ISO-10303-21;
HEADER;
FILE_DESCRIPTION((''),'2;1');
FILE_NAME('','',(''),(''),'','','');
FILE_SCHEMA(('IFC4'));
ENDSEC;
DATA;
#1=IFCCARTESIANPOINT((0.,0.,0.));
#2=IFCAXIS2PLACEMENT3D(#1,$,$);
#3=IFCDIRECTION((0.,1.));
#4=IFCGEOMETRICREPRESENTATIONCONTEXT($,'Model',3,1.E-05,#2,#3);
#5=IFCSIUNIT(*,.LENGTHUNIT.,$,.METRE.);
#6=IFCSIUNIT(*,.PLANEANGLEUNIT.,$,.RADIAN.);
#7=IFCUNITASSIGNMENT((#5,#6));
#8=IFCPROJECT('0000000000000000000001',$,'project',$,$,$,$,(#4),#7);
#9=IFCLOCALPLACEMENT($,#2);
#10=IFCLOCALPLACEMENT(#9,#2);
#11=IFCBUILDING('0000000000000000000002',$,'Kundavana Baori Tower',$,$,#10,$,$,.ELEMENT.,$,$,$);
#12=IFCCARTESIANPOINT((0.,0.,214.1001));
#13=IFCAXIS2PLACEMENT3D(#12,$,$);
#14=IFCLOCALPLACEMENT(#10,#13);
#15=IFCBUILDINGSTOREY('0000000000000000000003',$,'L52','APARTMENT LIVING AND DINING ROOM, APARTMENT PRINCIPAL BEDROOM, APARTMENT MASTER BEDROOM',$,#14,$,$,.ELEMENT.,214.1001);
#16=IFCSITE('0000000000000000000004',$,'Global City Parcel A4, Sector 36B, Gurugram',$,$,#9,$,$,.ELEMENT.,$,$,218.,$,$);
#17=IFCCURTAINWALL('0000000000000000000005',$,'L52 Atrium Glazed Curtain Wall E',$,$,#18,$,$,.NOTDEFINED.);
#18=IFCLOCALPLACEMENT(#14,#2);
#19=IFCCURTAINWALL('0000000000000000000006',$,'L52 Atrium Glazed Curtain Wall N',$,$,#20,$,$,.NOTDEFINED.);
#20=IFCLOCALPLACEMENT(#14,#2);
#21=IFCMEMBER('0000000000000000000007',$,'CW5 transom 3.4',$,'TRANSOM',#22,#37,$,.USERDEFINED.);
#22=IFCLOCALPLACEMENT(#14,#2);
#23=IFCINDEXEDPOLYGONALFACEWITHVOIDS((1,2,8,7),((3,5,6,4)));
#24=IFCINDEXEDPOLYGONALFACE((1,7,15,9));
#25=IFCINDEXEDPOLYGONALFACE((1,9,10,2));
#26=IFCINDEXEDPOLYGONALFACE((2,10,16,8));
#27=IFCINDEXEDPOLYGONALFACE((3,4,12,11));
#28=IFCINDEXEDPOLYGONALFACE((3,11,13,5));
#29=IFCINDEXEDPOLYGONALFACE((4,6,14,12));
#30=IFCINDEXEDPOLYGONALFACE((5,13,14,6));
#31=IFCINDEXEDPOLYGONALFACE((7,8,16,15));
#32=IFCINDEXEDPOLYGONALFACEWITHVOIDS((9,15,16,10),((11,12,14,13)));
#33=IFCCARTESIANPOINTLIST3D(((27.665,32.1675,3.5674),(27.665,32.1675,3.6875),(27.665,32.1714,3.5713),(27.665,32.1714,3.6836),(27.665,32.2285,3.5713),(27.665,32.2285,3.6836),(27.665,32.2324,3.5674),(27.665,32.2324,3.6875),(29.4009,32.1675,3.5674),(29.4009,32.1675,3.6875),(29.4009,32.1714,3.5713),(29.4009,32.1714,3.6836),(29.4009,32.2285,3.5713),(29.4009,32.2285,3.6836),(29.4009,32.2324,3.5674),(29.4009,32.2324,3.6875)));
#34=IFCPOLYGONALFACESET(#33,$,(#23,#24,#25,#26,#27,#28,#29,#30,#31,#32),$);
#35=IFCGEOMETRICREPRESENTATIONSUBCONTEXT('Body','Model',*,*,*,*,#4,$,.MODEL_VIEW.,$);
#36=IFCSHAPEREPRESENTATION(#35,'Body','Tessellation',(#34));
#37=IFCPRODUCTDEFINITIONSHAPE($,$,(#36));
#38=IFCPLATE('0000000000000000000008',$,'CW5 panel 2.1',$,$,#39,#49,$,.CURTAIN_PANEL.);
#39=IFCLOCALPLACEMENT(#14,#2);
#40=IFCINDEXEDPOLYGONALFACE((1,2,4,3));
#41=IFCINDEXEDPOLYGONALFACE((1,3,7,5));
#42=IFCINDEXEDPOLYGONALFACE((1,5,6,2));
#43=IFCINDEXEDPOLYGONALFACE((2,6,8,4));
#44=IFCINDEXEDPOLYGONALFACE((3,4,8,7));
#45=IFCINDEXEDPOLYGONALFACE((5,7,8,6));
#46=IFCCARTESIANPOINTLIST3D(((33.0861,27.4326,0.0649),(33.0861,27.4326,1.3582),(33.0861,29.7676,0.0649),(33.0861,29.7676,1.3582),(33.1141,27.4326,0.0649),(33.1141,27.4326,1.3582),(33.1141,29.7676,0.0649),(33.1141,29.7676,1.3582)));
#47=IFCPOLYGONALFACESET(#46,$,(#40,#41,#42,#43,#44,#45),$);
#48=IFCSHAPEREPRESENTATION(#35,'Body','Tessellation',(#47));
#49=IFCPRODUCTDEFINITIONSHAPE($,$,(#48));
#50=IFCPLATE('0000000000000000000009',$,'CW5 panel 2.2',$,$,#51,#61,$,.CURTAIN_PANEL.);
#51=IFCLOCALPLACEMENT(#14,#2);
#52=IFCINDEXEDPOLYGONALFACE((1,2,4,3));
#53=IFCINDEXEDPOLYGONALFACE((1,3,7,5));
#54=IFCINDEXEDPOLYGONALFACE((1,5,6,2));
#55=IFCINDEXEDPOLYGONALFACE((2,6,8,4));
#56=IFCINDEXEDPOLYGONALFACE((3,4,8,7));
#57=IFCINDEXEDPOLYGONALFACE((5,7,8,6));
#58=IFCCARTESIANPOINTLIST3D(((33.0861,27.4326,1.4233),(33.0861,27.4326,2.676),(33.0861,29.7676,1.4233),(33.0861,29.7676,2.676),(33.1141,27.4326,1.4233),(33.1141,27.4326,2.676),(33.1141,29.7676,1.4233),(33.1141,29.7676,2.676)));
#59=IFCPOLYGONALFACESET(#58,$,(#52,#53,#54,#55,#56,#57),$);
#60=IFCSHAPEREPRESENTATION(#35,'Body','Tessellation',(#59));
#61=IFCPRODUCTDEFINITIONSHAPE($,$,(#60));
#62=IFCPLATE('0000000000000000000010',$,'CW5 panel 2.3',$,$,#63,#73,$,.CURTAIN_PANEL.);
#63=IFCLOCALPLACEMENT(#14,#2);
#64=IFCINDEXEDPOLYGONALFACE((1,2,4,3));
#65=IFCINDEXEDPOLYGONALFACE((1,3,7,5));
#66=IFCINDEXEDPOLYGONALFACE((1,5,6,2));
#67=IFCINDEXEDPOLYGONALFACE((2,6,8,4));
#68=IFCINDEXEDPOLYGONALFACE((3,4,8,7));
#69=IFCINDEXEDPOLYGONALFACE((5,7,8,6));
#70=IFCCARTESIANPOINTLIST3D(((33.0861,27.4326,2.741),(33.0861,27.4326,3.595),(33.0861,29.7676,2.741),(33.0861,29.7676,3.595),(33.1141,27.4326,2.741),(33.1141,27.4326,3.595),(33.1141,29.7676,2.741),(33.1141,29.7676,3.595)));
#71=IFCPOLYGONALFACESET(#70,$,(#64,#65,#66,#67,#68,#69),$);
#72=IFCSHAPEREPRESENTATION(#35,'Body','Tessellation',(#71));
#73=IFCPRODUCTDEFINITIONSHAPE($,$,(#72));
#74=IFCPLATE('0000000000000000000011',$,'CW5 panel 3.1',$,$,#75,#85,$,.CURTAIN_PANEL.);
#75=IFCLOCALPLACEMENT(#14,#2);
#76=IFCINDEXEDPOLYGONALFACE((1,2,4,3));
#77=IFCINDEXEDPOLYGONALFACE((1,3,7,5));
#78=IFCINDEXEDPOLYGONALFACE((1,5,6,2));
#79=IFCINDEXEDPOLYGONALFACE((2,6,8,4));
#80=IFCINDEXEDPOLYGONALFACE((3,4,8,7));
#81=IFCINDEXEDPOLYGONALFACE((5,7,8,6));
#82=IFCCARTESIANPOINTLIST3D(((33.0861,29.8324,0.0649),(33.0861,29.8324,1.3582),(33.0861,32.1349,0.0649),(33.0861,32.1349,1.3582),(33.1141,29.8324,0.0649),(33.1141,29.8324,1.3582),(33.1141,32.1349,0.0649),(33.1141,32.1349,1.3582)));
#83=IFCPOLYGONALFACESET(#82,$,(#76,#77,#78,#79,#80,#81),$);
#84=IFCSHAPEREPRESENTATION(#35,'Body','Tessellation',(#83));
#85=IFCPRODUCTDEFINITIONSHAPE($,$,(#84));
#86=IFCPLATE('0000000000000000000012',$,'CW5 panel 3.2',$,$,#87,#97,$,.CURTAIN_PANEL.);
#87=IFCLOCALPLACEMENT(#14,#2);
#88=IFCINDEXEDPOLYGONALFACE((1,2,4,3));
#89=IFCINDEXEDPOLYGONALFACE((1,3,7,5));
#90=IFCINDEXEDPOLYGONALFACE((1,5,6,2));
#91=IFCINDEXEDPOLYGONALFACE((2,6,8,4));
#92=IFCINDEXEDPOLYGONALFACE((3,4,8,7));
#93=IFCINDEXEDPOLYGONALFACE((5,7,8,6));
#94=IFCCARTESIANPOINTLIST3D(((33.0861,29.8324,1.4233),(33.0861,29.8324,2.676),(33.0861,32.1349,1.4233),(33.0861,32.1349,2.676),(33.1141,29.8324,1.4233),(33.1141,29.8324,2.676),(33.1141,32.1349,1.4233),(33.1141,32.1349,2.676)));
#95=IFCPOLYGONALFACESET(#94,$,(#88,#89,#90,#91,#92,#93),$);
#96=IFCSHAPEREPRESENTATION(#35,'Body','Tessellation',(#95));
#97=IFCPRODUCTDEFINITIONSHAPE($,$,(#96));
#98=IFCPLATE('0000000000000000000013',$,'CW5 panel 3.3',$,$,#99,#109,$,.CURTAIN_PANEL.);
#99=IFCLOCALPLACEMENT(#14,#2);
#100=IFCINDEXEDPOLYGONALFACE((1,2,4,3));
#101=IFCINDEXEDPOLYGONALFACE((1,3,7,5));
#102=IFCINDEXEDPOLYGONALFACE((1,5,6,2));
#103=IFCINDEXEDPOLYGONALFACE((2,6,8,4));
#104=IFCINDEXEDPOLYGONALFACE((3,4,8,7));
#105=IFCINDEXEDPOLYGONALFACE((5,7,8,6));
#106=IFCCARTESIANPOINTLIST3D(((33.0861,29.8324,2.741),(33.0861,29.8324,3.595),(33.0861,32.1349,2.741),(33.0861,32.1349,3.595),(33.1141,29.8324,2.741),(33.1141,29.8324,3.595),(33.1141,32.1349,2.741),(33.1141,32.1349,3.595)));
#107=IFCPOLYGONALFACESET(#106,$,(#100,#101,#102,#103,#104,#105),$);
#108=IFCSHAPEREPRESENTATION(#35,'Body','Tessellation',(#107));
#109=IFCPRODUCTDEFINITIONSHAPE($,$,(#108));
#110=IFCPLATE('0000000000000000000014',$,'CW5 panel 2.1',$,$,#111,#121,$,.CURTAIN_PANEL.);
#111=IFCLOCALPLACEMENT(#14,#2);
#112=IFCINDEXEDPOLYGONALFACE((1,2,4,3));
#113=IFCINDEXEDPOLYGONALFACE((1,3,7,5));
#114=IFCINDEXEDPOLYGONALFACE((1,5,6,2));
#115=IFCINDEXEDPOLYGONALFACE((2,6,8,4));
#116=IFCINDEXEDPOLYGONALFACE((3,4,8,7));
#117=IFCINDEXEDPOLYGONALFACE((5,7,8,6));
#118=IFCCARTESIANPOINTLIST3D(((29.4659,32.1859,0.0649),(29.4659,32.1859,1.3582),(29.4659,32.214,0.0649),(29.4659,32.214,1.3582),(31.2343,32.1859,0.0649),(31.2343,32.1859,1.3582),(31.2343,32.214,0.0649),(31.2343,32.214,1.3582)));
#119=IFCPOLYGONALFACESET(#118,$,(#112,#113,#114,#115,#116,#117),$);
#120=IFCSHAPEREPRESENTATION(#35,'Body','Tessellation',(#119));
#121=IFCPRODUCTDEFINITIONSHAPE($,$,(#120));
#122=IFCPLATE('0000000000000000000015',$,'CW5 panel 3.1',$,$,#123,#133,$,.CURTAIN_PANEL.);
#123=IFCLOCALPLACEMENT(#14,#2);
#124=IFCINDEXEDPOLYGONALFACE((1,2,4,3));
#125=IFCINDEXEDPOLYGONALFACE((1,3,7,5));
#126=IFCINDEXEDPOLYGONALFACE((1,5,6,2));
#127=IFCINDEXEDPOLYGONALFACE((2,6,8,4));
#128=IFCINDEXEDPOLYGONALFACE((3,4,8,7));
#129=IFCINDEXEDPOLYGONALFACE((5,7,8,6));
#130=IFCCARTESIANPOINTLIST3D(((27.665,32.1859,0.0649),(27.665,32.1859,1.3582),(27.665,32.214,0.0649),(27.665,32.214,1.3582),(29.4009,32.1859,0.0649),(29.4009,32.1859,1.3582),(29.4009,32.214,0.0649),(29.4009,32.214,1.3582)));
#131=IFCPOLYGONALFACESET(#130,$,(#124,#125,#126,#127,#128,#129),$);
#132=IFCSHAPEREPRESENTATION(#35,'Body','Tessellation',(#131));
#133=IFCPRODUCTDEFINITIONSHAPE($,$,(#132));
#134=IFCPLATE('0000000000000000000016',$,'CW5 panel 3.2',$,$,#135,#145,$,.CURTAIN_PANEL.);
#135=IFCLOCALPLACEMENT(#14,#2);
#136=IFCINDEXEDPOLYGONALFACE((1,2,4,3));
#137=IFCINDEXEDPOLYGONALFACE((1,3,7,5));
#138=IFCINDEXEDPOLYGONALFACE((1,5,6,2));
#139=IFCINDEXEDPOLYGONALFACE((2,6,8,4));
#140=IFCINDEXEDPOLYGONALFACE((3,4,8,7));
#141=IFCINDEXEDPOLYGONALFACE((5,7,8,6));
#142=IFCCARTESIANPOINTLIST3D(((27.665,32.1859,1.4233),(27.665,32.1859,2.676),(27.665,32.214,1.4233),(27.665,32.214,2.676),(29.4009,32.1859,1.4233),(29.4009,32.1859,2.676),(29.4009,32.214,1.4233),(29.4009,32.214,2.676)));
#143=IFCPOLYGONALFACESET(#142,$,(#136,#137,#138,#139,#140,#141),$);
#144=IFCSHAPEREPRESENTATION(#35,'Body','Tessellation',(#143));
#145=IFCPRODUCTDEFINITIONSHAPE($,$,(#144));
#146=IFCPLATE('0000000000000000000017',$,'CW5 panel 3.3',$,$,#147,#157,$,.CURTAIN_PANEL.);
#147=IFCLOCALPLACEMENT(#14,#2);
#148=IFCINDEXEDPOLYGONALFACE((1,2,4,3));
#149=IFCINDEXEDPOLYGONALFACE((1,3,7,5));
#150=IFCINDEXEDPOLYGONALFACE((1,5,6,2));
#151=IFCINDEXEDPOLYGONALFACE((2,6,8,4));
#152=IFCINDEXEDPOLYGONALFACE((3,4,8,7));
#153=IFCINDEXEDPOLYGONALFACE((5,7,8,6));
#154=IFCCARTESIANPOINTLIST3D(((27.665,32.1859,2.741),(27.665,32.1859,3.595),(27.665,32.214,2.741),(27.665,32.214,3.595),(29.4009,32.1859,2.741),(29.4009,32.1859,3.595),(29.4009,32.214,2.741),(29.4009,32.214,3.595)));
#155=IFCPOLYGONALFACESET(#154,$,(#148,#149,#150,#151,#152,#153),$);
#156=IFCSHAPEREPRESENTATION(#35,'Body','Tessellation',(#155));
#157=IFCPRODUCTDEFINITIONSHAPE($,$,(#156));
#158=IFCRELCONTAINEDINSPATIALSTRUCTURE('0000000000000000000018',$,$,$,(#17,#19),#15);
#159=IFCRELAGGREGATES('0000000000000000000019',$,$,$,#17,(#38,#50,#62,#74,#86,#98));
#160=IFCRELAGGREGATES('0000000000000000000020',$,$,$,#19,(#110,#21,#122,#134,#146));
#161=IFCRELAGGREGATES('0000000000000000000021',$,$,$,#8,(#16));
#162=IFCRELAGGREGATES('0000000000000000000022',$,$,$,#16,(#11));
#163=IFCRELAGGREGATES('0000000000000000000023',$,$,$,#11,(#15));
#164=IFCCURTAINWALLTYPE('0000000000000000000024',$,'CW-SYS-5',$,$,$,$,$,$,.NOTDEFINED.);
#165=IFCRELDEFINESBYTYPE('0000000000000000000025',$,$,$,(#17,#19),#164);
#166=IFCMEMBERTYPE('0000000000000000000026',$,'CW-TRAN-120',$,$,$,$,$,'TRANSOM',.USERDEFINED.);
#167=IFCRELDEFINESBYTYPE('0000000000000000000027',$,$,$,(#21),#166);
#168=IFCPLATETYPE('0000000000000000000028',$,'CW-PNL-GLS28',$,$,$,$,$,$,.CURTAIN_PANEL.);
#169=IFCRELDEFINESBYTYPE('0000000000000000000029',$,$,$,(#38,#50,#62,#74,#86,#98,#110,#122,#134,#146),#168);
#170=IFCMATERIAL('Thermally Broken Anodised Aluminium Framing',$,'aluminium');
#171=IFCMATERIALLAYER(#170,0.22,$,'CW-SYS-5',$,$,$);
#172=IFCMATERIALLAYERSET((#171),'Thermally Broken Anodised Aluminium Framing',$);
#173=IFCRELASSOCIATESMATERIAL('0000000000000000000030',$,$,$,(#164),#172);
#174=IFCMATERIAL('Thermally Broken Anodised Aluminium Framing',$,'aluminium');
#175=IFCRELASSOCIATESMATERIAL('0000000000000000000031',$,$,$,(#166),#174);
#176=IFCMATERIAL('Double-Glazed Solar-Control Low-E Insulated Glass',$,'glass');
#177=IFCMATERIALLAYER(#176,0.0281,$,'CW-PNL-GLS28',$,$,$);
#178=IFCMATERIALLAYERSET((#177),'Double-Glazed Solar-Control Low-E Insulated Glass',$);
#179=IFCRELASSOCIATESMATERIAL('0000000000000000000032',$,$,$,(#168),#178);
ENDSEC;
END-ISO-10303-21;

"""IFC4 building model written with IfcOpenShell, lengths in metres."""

from ifc_helpers import new_model, si_unit, direction, frame, origin, origin_2d, place, context, subcontext, project, spatial, rectangle, hollow_rectangle, extrude, material, layer, layer_set, material_profile, profile_set, type_object, element, aggregate, save


model = new_model("IFC4")

# Units and contexts
model_context = context("Model", 3, precision=1e-05, world=origin(), true_north=direction((0.0, 1.0)))
body_context = subcontext(model_context, "Body", "Model", "MODEL_VIEW")
ifc_project = project(units=[si_unit("LENGTHUNIT", "METRE"), si_unit("PLANEANGLEUNIT", "RADIAN")], contexts=[model_context])

# Site, building, storey
site_placement = place(None, origin())
site = spatial("IfcSite", under=ifc_project, at=site_placement, Name="Global City Parcel A4, Sector 36B, Gurugram", CompositionType="ELEMENT", RefElevation=218.0)
building_placement = place(site_placement, origin())
building = spatial("IfcBuilding", under=site, at=building_placement, Name="Kundavana Baori Tower", CompositionType="ELEMENT")
storey_placement = place(building_placement, frame((0.0, 0.0, 214.1001)))
storey = spatial("IfcBuildingStorey", under=building, at=storey_placement, Name="L52", Description="APARTMENT LIVING AND DINING ROOM, APARTMENT PRINCIPAL BEDROOM, APARTMENT MASTER BEDROOM", CompositionType="ELEMENT", Elevation=214.1001)

# Curtain walls
ifc_material_1 = material(Name="Thermally Broken Anodised Aluminium Framing", Category="aluminium")
ifc_layer_1 = layer(ifc_material_1, 0.22, Name="CW-SYS-5")
ifc_layer_set_1 = layer_set([ifc_layer_1], Name="Thermally Broken Anodised Aluminium Framing")
curtain_wall_type = type_object("IfcCurtainWallType", Name="CW-SYS-5", PredefinedType="NOTDEFINED", material=ifc_layer_set_1)
curtain_wall_1_placement = place(storey_placement, origin())
curtain_wall_1 = element("IfcCurtainWall", 1, at=curtain_wall_1_placement, inside=storey, type_object=curtain_wall_type, Name="L52 Atrium Glazed Curtain Wall E", PredefinedType="NOTDEFINED")
curtain_wall_2_placement = place(storey_placement, origin())
curtain_wall_2 = element("IfcCurtainWall", 2, at=curtain_wall_2_placement, inside=storey, type_object=curtain_wall_type, Name="L52 Atrium Glazed Curtain Wall N", PredefinedType="NOTDEFINED")

# Member
ifc_material_2 = material(Name="Thermally Broken Anodised Aluminium Framing", Category="aluminium")
ifc_material_profile_1 = material_profile(ifc_material_2, hollow_rectangle(XDim=0.0649, YDim=0.1201, WallThickness=0.0039, at=origin_2d()), Name="CW-TRAN-120")
ifc_profile_set_1 = profile_set([ifc_material_profile_1], Name="Thermally Broken Anodised Aluminium Framing")
member_type_1 = type_object("IfcMemberType", Name="CW-TRAN-120", ElementType="TRANSOM", PredefinedType="USERDEFINED", material=ifc_profile_set_1)
member_1_placement = place(storey_placement, frame((29.4009, 32.2, 3.6274), z_axis=(-1.0, 0.0, 0.0), x_axis=(0.0, -1.0, 0.0)))
member_1 = element("IfcMember", 3, at=member_1_placement, type_object=member_type_1, Name="CW5 transom 3.4", ObjectType="TRANSOM", PredefinedType="USERDEFINED", context=body_context, shape_type="SweptSolid", body=[
    extrude(hollow_rectangle(XDim=0.0649, YDim=0.1201, WallThickness=0.0039, at=origin_2d()), origin(), (0.0, 0.0, 1.0), 1.7358),
])

# Plates
ifc_material_3 = material(Name="Double-Glazed Solar-Control Low-E Insulated Glass", Category="glass")
ifc_layer_2 = layer(ifc_material_3, 0.0281, Name="CW-PNL-GLS28")
ifc_layer_set_2 = layer_set([ifc_layer_2], Name="Double-Glazed Solar-Control Low-E Insulated Glass")
plate_type = type_object("IfcPlateType", Name="CW-PNL-GLS28", PredefinedType="CURTAIN_PANEL", material=ifc_layer_set_2)
plate_1_placement = place(storey_placement, frame((33.1001, 28.6001, 0.0649), z_axis=(0.0, 0.0, 1.0), x_axis=(0.0, 1.0, 0.0)))
plate_1 = element("IfcPlate", 4, at=plate_1_placement, type_object=plate_type, Name="CW5 panel 2.1", PredefinedType="CURTAIN_PANEL", context=body_context, shape_type="SweptSolid", body=[
    extrude(rectangle(XDim=2.335, YDim=0.0281, at=origin_2d()), origin(), (0.0, 0.0, 1.0), 1.2932),
])
plate_2_placement = place(storey_placement, frame((33.1001, 28.6001, 1.4233), z_axis=(0.0, 0.0, 1.0), x_axis=(0.0, 1.0, 0.0)))
plate_2 = element("IfcPlate", 5, at=plate_2_placement, type_object=plate_type, Name="CW5 panel 2.2", PredefinedType="CURTAIN_PANEL", context=body_context, shape_type="SweptSolid", body=[
    extrude(rectangle(XDim=2.335, YDim=0.0281, at=origin_2d()), origin(), (0.0, 0.0, 1.0), 1.2527),
])
plate_3_placement = place(storey_placement, frame((33.1001, 28.6001, 2.741), z_axis=(0.0, 0.0, 1.0), x_axis=(0.0, 1.0, 0.0)))
plate_3 = element("IfcPlate", 6, at=plate_3_placement, type_object=plate_type, Name="CW5 panel 2.3", PredefinedType="CURTAIN_PANEL", context=body_context, shape_type="SweptSolid", body=[
    extrude(rectangle(XDim=2.335, YDim=0.0281, at=origin_2d()), origin(), (0.0, 0.0, 1.0), 0.854),
])
plate_4_placement = place(storey_placement, frame((33.1001, 30.9836, 0.0649), z_axis=(0.0, 0.0, 1.0), x_axis=(0.0, 1.0, 0.0)))
plate_4 = element("IfcPlate", 7, at=plate_4_placement, type_object=plate_type, Name="CW5 panel 3.1", PredefinedType="CURTAIN_PANEL", context=body_context, shape_type="SweptSolid", body=[
    extrude(rectangle(XDim=2.3025, YDim=0.0281, at=origin_2d()), origin(), (0.0, 0.0, 1.0), 1.2932),
])
plate_5_placement = place(storey_placement, frame((33.1001, 30.9836, 1.4233), z_axis=(0.0, 0.0, 1.0), x_axis=(0.0, 1.0, 0.0)))
plate_5 = element("IfcPlate", 8, at=plate_5_placement, type_object=plate_type, Name="CW5 panel 3.2", PredefinedType="CURTAIN_PANEL", context=body_context, shape_type="SweptSolid", body=[
    extrude(rectangle(XDim=2.3025, YDim=0.0281, at=origin_2d()), origin(), (0.0, 0.0, 1.0), 1.2527),
])
plate_6_placement = place(storey_placement, frame((33.1001, 30.9836, 2.741), z_axis=(0.0, 0.0, 1.0), x_axis=(0.0, 1.0, 0.0)))
plate_6 = element("IfcPlate", 9, at=plate_6_placement, type_object=plate_type, Name="CW5 panel 3.3", PredefinedType="CURTAIN_PANEL", context=body_context, shape_type="SweptSolid", body=[
    extrude(rectangle(XDim=2.3025, YDim=0.0281, at=origin_2d()), origin(), (0.0, 0.0, 1.0), 0.854),
])
aggregate(curtain_wall_1, [plate_1, plate_2, plate_3, plate_4, plate_5, plate_6])
plate_7_placement = place(storey_placement, frame((30.3501, 32.2, 0.0649), z_axis=(0.0, 0.0, 1.0), x_axis=(-1.0, 0.0, 0.0)))
plate_7 = element("IfcPlate", 10, at=plate_7_placement, type_object=plate_type, Name="CW5 panel 2.1", PredefinedType="CURTAIN_PANEL", context=body_context, shape_type="SweptSolid", body=[
    extrude(rectangle(XDim=1.7683, YDim=0.0281, at=origin_2d()), origin(), (0.0, 0.0, 1.0), 1.2932),
])
plate_8_placement = place(storey_placement, frame((28.533, 32.2, 0.0649), z_axis=(0.0, 0.0, 1.0), x_axis=(-1.0, 0.0, 0.0)))
plate_8 = element("IfcPlate", 11, at=plate_8_placement, type_object=plate_type, Name="CW5 panel 3.1", PredefinedType="CURTAIN_PANEL", context=body_context, shape_type="SweptSolid", body=[
    extrude(rectangle(XDim=1.7358, YDim=0.0281, at=origin_2d()), origin(), (0.0, 0.0, 1.0), 1.2932),
])
plate_9_placement = place(storey_placement, frame((28.533, 32.2, 1.4233), z_axis=(0.0, 0.0, 1.0), x_axis=(-1.0, 0.0, 0.0)))
plate_9 = element("IfcPlate", 12, at=plate_9_placement, type_object=plate_type, Name="CW5 panel 3.2", PredefinedType="CURTAIN_PANEL", context=body_context, shape_type="SweptSolid", body=[
    extrude(rectangle(XDim=1.7358, YDim=0.0281, at=origin_2d()), origin(), (0.0, 0.0, 1.0), 1.2527),
])
plate_10_placement = place(storey_placement, frame((28.533, 32.2, 2.741), z_axis=(0.0, 0.0, 1.0), x_axis=(-1.0, 0.0, 0.0)))
plate_10 = element("IfcPlate", 13, at=plate_10_placement, type_object=plate_type, Name="CW5 panel 3.3", PredefinedType="CURTAIN_PANEL", context=body_context, shape_type="SweptSolid", body=[
    extrude(rectangle(XDim=1.7358, YDim=0.0281, at=origin_2d()), origin(), (0.0, 0.0, 1.0), 0.854),
])
aggregate(curtain_wall_2, [plate_7, member_1, plate_8, plate_9, plate_10])

save(model, "model.ifc")
